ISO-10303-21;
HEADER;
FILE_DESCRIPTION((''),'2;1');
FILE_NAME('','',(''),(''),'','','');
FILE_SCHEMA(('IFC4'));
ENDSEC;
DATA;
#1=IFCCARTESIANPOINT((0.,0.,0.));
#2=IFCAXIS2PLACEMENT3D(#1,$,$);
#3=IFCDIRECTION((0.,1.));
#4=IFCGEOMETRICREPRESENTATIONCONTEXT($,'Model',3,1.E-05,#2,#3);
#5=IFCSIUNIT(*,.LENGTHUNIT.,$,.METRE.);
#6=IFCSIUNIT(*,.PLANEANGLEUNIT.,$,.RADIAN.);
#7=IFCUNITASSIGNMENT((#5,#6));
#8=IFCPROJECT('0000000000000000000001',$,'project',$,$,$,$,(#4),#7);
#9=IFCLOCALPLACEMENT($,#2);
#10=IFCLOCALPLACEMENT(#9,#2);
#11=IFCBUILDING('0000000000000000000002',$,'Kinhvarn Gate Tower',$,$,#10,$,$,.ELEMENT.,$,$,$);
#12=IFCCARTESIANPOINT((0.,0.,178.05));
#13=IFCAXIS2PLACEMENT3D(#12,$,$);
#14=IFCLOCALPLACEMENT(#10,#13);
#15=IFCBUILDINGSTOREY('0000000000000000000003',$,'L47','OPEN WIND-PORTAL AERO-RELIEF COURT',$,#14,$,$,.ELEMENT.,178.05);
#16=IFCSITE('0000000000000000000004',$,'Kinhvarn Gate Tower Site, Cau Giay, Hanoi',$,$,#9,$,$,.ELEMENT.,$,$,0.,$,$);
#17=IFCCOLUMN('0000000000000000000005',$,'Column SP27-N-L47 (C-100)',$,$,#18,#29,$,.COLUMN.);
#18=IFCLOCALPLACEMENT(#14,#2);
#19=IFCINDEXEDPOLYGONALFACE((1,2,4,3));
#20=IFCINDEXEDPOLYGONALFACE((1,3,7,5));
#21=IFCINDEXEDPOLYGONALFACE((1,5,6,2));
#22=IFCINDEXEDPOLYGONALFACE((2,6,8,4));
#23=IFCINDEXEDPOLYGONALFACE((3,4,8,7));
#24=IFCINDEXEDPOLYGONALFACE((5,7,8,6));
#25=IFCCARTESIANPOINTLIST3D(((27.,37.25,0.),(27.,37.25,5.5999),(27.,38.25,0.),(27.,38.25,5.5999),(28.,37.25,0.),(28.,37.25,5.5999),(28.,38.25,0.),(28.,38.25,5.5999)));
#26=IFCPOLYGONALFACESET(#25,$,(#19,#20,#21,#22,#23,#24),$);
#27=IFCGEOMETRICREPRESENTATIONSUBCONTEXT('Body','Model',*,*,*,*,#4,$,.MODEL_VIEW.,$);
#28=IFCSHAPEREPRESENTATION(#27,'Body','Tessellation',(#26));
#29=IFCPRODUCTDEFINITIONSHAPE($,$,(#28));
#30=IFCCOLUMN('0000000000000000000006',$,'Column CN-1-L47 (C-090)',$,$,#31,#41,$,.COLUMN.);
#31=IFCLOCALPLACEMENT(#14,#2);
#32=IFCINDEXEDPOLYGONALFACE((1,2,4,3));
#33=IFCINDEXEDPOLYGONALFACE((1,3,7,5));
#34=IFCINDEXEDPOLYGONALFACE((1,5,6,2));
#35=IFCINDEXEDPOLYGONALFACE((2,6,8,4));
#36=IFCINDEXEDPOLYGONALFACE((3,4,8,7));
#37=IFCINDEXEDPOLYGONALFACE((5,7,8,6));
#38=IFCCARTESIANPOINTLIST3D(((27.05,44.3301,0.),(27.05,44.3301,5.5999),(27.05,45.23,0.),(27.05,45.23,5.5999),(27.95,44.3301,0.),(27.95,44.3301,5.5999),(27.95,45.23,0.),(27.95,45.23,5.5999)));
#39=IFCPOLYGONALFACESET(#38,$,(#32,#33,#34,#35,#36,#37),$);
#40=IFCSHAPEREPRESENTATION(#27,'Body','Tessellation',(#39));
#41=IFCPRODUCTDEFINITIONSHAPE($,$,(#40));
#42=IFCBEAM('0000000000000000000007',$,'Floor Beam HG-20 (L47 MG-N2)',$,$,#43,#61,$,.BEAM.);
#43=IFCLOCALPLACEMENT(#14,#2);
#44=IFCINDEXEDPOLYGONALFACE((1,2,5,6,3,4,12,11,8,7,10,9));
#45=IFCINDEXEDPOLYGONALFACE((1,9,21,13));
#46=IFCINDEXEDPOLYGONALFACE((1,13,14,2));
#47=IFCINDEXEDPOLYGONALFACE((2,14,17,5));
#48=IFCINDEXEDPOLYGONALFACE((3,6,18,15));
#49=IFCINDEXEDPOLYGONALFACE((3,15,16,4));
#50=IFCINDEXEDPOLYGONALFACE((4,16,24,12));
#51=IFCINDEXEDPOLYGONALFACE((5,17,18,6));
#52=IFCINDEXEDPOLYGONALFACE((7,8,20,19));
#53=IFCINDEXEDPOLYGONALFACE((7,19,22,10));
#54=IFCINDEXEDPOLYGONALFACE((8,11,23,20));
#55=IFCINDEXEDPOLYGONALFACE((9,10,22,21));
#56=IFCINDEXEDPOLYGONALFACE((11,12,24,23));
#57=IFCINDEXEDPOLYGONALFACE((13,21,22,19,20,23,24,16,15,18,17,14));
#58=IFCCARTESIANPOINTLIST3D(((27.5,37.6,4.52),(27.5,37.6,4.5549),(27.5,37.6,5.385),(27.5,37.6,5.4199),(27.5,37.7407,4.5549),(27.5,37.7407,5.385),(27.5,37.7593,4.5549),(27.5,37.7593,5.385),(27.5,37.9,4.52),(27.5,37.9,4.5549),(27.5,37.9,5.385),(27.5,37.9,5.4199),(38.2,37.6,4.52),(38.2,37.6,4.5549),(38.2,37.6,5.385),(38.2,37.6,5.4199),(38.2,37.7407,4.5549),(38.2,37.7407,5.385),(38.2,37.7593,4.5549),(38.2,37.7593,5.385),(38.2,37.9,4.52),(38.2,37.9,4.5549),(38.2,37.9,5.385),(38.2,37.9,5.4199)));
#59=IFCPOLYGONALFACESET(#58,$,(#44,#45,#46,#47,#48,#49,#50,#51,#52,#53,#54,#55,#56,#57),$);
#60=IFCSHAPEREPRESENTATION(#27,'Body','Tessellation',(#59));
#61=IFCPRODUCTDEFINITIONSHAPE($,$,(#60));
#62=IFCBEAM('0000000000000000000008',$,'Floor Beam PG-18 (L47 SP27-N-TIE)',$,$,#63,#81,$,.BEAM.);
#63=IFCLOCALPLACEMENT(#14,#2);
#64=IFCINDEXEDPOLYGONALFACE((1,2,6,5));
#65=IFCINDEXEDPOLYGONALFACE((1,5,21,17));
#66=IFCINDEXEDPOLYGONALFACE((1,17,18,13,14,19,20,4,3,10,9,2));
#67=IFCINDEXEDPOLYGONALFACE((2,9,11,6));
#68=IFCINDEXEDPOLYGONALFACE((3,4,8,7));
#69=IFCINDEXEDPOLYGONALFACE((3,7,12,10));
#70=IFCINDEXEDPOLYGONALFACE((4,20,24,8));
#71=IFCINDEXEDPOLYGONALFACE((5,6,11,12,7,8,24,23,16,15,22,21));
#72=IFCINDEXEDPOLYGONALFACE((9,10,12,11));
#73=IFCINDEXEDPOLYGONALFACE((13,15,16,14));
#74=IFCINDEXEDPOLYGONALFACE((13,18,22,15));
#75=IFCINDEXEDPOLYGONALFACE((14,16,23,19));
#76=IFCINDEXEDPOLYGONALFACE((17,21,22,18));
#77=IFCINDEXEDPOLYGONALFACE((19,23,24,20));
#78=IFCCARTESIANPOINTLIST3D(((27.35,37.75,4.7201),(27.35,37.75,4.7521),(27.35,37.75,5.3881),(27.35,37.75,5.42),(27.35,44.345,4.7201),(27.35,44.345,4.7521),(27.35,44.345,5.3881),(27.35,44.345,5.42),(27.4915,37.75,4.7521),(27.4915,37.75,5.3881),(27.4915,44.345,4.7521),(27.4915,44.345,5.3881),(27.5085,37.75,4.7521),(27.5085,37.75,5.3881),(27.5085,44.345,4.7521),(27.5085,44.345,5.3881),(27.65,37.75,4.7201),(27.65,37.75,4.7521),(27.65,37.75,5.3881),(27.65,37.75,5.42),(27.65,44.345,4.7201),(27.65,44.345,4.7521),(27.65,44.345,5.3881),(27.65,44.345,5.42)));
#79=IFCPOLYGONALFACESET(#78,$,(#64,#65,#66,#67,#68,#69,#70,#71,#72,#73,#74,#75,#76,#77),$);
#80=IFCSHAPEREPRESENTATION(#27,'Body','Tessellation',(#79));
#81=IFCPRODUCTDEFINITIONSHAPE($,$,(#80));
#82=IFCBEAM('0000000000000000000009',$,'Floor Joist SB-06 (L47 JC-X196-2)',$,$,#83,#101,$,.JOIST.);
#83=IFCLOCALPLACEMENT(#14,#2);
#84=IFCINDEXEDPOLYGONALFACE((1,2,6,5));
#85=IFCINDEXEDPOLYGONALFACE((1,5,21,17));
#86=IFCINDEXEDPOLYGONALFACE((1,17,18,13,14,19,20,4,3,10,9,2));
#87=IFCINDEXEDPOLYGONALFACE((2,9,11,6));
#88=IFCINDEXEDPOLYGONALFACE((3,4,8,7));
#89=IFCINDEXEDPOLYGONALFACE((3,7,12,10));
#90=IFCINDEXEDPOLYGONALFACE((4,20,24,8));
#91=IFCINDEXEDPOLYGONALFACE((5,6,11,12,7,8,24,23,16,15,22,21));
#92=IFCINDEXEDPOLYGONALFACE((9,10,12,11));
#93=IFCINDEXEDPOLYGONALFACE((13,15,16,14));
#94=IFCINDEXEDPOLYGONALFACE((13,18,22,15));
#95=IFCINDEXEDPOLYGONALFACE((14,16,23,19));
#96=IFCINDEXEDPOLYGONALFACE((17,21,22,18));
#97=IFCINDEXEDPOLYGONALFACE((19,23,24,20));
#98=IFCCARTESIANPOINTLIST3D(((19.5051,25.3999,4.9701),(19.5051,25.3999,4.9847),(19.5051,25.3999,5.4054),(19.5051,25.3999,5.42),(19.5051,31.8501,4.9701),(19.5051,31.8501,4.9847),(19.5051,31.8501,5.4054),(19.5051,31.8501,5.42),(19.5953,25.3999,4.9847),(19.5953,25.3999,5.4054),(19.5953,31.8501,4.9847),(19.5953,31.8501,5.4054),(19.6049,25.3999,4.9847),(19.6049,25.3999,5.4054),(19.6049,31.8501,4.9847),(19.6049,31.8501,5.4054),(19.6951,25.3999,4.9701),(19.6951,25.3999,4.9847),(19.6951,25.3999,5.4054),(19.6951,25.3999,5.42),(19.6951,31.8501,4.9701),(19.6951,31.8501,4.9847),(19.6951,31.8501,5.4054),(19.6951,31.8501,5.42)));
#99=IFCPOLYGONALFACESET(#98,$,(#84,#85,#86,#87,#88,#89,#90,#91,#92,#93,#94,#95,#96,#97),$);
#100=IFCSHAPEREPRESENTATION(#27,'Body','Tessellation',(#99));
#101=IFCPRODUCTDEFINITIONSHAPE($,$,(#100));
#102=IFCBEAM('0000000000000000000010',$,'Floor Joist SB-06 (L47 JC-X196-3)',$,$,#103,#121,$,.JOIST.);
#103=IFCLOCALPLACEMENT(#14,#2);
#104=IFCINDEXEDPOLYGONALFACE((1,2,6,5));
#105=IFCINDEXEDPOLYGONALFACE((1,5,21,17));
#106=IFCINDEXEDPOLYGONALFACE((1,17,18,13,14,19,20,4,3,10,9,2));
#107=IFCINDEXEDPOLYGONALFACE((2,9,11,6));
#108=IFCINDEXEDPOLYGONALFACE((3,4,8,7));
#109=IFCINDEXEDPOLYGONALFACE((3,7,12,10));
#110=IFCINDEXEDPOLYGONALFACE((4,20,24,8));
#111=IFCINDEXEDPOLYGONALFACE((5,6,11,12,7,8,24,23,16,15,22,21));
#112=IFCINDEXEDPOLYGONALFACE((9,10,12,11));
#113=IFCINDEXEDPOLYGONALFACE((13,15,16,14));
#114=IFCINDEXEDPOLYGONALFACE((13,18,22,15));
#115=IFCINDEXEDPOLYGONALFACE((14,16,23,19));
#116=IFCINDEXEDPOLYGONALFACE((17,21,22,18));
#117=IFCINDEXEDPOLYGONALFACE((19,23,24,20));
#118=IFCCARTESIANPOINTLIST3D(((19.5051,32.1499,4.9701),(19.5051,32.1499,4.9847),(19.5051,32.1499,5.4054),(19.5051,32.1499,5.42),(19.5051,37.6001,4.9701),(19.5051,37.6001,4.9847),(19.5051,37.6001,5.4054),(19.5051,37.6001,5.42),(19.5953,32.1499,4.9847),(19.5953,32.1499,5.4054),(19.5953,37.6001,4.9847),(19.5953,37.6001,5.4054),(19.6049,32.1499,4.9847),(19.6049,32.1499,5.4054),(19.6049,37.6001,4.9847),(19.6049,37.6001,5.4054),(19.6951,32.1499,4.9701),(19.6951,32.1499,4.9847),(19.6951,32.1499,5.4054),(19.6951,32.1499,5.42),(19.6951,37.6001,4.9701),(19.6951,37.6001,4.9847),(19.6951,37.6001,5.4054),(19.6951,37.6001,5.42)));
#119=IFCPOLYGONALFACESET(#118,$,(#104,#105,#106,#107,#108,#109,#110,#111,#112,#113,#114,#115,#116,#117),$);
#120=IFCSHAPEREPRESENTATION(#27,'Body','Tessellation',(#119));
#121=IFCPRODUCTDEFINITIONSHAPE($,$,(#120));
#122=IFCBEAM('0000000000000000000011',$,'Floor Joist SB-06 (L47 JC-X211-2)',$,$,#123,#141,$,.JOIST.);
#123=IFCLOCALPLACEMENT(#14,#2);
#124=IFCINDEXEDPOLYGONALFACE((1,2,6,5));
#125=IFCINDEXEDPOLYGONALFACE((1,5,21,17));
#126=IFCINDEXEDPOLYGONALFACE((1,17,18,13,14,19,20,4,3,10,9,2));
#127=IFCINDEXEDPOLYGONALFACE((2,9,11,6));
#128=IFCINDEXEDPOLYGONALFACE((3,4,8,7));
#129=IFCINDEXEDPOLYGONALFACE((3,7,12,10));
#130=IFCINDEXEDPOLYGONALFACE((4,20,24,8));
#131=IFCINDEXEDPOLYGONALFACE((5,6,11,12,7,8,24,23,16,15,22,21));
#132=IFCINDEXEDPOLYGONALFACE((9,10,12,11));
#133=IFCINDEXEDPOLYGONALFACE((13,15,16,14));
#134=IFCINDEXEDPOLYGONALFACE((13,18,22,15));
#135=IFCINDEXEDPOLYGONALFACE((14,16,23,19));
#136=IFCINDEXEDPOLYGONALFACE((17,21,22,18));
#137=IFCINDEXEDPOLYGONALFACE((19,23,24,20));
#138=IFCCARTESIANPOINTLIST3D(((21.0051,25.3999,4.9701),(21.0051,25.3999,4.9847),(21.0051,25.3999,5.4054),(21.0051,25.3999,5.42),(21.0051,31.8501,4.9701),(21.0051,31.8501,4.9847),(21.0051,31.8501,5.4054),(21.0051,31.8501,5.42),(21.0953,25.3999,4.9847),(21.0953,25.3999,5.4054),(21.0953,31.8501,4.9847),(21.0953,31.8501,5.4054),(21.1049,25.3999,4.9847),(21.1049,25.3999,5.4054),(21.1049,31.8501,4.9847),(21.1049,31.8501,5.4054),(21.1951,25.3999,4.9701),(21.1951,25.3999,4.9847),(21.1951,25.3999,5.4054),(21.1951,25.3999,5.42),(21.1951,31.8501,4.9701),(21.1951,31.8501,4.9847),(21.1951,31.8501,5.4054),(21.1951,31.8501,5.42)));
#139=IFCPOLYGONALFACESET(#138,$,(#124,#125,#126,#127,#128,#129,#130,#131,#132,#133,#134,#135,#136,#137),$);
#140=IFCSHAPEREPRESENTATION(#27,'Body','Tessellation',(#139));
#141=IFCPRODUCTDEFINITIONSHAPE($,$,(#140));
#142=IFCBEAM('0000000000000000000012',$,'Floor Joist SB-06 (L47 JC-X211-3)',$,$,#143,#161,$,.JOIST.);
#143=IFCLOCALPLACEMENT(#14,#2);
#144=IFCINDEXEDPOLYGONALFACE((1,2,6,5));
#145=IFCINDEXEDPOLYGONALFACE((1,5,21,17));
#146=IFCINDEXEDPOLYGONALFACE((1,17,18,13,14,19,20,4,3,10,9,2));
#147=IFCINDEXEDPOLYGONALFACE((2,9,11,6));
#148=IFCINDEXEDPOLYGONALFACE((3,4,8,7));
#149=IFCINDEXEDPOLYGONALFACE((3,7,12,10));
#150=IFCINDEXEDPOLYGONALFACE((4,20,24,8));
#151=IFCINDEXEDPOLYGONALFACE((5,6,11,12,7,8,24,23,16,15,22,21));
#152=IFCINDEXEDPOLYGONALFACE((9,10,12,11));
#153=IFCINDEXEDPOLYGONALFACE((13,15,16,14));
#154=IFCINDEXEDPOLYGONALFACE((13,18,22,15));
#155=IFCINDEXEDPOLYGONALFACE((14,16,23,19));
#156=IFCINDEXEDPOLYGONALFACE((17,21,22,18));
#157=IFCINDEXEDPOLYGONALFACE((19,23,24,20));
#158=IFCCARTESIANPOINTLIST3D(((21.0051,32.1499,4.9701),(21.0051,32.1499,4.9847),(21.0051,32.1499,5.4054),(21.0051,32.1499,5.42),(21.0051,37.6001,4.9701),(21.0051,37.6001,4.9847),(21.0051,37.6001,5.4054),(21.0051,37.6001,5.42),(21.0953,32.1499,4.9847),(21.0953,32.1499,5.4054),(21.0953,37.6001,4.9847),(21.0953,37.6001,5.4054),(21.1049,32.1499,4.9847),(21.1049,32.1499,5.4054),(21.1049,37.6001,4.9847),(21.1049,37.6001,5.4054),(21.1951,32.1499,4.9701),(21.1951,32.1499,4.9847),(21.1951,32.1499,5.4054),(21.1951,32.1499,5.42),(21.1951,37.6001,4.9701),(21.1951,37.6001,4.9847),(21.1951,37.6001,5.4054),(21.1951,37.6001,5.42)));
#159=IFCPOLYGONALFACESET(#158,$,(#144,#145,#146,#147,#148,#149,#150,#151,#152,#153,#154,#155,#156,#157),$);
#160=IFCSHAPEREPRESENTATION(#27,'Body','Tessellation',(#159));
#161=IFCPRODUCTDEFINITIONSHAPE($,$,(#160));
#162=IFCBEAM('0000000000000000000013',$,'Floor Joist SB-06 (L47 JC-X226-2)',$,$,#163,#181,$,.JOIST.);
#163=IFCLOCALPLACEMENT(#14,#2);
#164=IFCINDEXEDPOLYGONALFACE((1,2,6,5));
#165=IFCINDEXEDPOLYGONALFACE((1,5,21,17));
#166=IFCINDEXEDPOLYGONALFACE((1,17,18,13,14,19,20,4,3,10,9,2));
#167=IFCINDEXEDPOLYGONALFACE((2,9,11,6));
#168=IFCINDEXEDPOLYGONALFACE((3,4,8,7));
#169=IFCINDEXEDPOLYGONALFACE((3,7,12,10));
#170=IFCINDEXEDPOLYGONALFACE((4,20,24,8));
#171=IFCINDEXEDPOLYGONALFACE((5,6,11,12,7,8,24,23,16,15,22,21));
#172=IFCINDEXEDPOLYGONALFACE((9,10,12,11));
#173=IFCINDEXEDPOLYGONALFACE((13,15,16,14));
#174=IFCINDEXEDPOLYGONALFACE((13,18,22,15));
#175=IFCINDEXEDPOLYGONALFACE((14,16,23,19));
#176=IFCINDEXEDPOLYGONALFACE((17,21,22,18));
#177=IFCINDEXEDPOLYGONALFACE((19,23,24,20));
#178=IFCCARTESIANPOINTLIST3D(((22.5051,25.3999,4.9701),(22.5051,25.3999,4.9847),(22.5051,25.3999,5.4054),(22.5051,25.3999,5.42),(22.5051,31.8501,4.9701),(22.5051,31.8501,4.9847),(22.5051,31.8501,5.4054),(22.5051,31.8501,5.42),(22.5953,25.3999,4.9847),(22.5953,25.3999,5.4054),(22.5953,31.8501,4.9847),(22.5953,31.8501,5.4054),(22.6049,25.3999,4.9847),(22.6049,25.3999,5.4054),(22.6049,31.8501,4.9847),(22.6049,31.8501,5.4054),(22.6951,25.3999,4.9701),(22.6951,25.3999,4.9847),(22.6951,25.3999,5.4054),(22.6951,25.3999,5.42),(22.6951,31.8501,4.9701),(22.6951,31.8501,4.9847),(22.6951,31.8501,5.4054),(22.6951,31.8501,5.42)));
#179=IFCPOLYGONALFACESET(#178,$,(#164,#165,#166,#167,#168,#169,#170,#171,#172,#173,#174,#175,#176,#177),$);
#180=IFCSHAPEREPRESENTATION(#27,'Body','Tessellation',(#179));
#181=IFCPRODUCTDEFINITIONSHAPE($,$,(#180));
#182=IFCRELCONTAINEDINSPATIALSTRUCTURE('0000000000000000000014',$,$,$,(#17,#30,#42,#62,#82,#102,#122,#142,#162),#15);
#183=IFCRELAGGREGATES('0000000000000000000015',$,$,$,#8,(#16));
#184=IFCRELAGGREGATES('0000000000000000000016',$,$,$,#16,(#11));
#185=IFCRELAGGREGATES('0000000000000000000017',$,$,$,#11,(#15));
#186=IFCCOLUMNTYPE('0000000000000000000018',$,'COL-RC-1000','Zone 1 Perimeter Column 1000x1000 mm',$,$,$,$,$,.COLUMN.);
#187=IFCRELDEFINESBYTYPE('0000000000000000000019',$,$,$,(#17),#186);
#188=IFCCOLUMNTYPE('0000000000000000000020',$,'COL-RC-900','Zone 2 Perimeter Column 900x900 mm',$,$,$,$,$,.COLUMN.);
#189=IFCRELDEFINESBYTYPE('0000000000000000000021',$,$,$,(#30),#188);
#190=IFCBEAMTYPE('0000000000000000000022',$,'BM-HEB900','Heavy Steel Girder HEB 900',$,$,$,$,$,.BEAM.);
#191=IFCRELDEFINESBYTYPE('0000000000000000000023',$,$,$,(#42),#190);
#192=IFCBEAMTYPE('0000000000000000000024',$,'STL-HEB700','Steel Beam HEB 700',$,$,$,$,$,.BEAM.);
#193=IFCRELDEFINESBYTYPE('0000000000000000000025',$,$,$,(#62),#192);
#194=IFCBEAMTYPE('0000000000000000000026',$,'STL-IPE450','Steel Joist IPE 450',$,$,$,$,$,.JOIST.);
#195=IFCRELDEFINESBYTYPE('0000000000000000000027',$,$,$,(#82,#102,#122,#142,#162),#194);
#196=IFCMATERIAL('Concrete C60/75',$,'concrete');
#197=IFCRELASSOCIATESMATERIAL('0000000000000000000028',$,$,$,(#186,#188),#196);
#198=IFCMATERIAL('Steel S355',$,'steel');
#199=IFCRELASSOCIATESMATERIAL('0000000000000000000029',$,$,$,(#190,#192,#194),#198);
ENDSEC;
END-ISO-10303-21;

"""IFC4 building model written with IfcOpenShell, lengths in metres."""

from ifc_helpers import new_model, si_unit, direction, frame, origin, origin_2d, place, context, subcontext, project, spatial, rectangle, i_section, extrude, material, material_profile, profile_set, type_object, element, save


model = new_model("IFC4")

# Units and contexts
model_context = context("Model", 3, precision=1e-05, world=origin(), true_north=direction((0.0, 1.0)))
body_context = subcontext(model_context, "Body", "Model", "MODEL_VIEW")
ifc_project = project(units=[si_unit("LENGTHUNIT", "METRE"), si_unit("PLANEANGLEUNIT", "RADIAN")], contexts=[model_context])

# Site, building, storey
site_placement = place(None, origin())
site = spatial("IfcSite", under=ifc_project, at=site_placement, Name="Kinhvarn Gate Tower Site, Cau Giay, Hanoi", CompositionType="ELEMENT", RefElevation=0.0)
building_placement = place(site_placement, origin())
building = spatial("IfcBuilding", under=site, at=building_placement, Name="Kinhvarn Gate Tower", CompositionType="ELEMENT")
storey_placement = place(building_placement, frame((0.0, 0.0, 178.05)))
storey = spatial("IfcBuildingStorey", under=building, at=storey_placement, Name="L47", Description="OPEN WIND-PORTAL AERO-RELIEF COURT", CompositionType="ELEMENT", Elevation=178.05)

# Columns
ifc_material_1 = material(Name="Concrete C60/75", Category="concrete")
ifc_material_profile_1 = material_profile(ifc_material_1, rectangle(XDim=1.0, YDim=1.0, at=origin_2d()), Name="RC 1000x1000")
ifc_profile_set_1 = profile_set([ifc_material_profile_1], Name="Concrete C60/75")
column_type_1 = type_object("IfcColumnType", Name="COL-RC-1000", Description="Zone 1 Perimeter Column 1000x1000 mm", PredefinedType="COLUMN", material=ifc_profile_set_1)
column_1_placement = place(storey_placement, frame((27.5, 37.75, 0.0), z_axis=(0.0, 0.0, 1.0), x_axis=(1.0, 0.0, 0.0)))
element("IfcColumn", 1, at=column_1_placement, inside=storey, type_object=column_type_1, Name="Column SP27-N-L47 (C-100)", PredefinedType="COLUMN", context=body_context, shape_type="SweptSolid", body=[
    extrude(rectangle(XDim=1.0, YDim=1.0, at=origin_2d()), origin(), (0.0, 0.0, 1.0), 5.5999),
])
ifc_material_profile_2 = material_profile(ifc_material_1, rectangle(XDim=0.8999, YDim=0.8999, at=origin_2d()), Name="RC 900x900")
ifc_profile_set_2 = profile_set([ifc_material_profile_2], Name="Concrete C60/75")
column_type_2 = type_object("IfcColumnType", Name="COL-RC-900", Description="Zone 2 Perimeter Column 900x900 mm", PredefinedType="COLUMN", material=ifc_profile_set_2)
column_2_placement = place(storey_placement, frame((27.5, 44.78, 0.0), z_axis=(0.0, 0.0, 1.0), x_axis=(1.0, 0.0, 0.0)))
element("IfcColumn", 2, at=column_2_placement, inside=storey, type_object=column_type_2, Name="Column CN-1-L47 (C-090)", PredefinedType="COLUMN", context=body_context, shape_type="SweptSolid", body=[
    extrude(rectangle(XDim=0.8999, YDim=0.8999, at=origin_2d()), origin(), (0.0, 0.0, 1.0), 5.5999),
])

# Beams
ifc_material_2 = material(Name="Steel S355", Category="steel")
ifc_material_profile_3 = material_profile(ifc_material_2, i_section(OverallWidth=0.3, OverallDepth=0.8999, WebThickness=0.0186, FlangeThickness=0.0349, at=origin_2d()), Name="HEB 900")
ifc_profile_set_3 = profile_set([ifc_material_profile_3], Name="Steel S355")
beam_type_1 = type_object("IfcBeamType", Name="BM-HEB900", Description="Heavy Steel Girder HEB 900", PredefinedType="BEAM", material=ifc_profile_set_3)
beam_1_placement = place(storey_placement, frame((27.5, 37.75, 4.97), z_axis=(1.0, 0.0, 0.0), x_axis=(0.0, 1.0, 0.0)))
element("IfcBeam", 3, at=beam_1_placement, inside=storey, type_object=beam_type_1, Name="Floor Beam HG-20 (L47 MG-N2)", PredefinedType="BEAM", context=body_context, shape_type="SweptSolid", body=[
    extrude(i_section(OverallWidth=0.3, OverallDepth=0.8999, WebThickness=0.0186, FlangeThickness=0.0349, at=origin_2d()), origin(), (0.0, 0.0, 1.0), 10.7),
])
ifc_material_profile_4 = material_profile(ifc_material_2, i_section(OverallWidth=0.3, OverallDepth=0.7, WebThickness=0.0171, FlangeThickness=0.032, at=origin_2d()), Name="HEB 700")
ifc_profile_set_4 = profile_set([ifc_material_profile_4], Name="Steel S355")
beam_type_2 = type_object("IfcBeamType", Name="STL-HEB700", Description="Steel Beam HEB 700", PredefinedType="BEAM", material=ifc_profile_set_4)
beam_2_placement = place(storey_placement, frame((27.5, 37.75, 5.0701), z_axis=(0.0, 1.0, 0.0), x_axis=(-1.0, 0.0, 0.0)))
element("IfcBeam", 4, at=beam_2_placement, inside=storey, type_object=beam_type_2, Name="Floor Beam PG-18 (L47 SP27-N-TIE)", PredefinedType="BEAM", context=body_context, shape_type="SweptSolid", body=[
    extrude(i_section(OverallWidth=0.3, OverallDepth=0.7, WebThickness=0.0171, FlangeThickness=0.032, at=origin_2d()), origin(), (0.0, 0.0, 1.0), 6.595),
])
ifc_material_profile_5 = material_profile(ifc_material_2, i_section(OverallWidth=0.1899, OverallDepth=0.45, WebThickness=0.0095, FlangeThickness=0.0146, at=origin_2d()), Name="IPE 450")
ifc_profile_set_5 = profile_set([ifc_material_profile_5], Name="Steel S355")
beam_type_3 = type_object("IfcBeamType", Name="STL-IPE450", Description="Steel Joist IPE 450", PredefinedType="JOIST", material=ifc_profile_set_5)
beam_3_placement = place(storey_placement, frame((19.6001, 25.3999, 5.1951), z_axis=(0.0, 1.0, 0.0), x_axis=(-1.0, 0.0, 0.0)))
element("IfcBeam", 5, at=beam_3_placement, inside=storey, type_object=beam_type_3, Name="Floor Joist SB-06 (L47 JC-X196-2)", PredefinedType="JOIST", context=body_context, shape_type="SweptSolid", body=[
    extrude(i_section(OverallWidth=0.1899, OverallDepth=0.45, WebThickness=0.0095, FlangeThickness=0.0146, at=origin_2d()), origin(), (0.0, 0.0, 1.0), 6.4502),
])
beam_4_placement = place(storey_placement, frame((19.6001, 32.1499, 5.1951), z_axis=(0.0, 1.0, 0.0), x_axis=(-1.0, 0.0, 0.0)))
element("IfcBeam", 6, at=beam_4_placement, inside=storey, type_object=beam_type_3, Name="Floor Joist SB-06 (L47 JC-X196-3)", PredefinedType="JOIST", context=body_context, shape_type="SweptSolid", body=[
    extrude(i_section(OverallWidth=0.1899, OverallDepth=0.45, WebThickness=0.0095, FlangeThickness=0.0146, at=origin_2d()), origin(), (0.0, 0.0, 1.0), 5.4502),
])
beam_5_placement = place(storey_placement, frame((21.1001, 25.3999, 5.1951), z_axis=(0.0, 1.0, 0.0), x_axis=(-1.0, 0.0, 0.0)))
element("IfcBeam", 7, at=beam_5_placement, inside=storey, type_object=beam_type_3, Name="Floor Joist SB-06 (L47 JC-X211-2)", PredefinedType="JOIST", context=body_context, shape_type="SweptSolid", body=[
    extrude(i_section(OverallWidth=0.1899, OverallDepth=0.45, WebThickness=0.0095, FlangeThickness=0.0146, at=origin_2d()), origin(), (0.0, 0.0, 1.0), 6.4502),
])
beam_6_placement = place(storey_placement, frame((21.1001, 32.1499, 5.1951), z_axis=(0.0, 1.0, 0.0), x_axis=(-1.0, 0.0, 0.0)))
element("IfcBeam", 8, at=beam_6_placement, inside=storey, type_object=beam_type_3, Name="Floor Joist SB-06 (L47 JC-X211-3)", PredefinedType="JOIST", context=body_context, shape_type="SweptSolid", body=[
    extrude(i_section(OverallWidth=0.1899, OverallDepth=0.45, WebThickness=0.0095, FlangeThickness=0.0146, at=origin_2d()), origin(), (0.0, 0.0, 1.0), 5.4502),
])
beam_7_placement = place(storey_placement, frame((22.6001, 25.3999, 5.1951), z_axis=(0.0, 1.0, 0.0), x_axis=(-1.0, 0.0, 0.0)))
element("IfcBeam", 9, at=beam_7_placement, inside=storey, type_object=beam_type_3, Name="Floor Joist SB-06 (L47 JC-X226-2)", PredefinedType="JOIST", context=body_context, shape_type="SweptSolid", body=[
    extrude(i_section(OverallWidth=0.1899, OverallDepth=0.45, WebThickness=0.0095, FlangeThickness=0.0146, at=origin_2d()), origin(), (0.0, 0.0, 1.0), 6.4502),
])

save(model, "model.ifc")
